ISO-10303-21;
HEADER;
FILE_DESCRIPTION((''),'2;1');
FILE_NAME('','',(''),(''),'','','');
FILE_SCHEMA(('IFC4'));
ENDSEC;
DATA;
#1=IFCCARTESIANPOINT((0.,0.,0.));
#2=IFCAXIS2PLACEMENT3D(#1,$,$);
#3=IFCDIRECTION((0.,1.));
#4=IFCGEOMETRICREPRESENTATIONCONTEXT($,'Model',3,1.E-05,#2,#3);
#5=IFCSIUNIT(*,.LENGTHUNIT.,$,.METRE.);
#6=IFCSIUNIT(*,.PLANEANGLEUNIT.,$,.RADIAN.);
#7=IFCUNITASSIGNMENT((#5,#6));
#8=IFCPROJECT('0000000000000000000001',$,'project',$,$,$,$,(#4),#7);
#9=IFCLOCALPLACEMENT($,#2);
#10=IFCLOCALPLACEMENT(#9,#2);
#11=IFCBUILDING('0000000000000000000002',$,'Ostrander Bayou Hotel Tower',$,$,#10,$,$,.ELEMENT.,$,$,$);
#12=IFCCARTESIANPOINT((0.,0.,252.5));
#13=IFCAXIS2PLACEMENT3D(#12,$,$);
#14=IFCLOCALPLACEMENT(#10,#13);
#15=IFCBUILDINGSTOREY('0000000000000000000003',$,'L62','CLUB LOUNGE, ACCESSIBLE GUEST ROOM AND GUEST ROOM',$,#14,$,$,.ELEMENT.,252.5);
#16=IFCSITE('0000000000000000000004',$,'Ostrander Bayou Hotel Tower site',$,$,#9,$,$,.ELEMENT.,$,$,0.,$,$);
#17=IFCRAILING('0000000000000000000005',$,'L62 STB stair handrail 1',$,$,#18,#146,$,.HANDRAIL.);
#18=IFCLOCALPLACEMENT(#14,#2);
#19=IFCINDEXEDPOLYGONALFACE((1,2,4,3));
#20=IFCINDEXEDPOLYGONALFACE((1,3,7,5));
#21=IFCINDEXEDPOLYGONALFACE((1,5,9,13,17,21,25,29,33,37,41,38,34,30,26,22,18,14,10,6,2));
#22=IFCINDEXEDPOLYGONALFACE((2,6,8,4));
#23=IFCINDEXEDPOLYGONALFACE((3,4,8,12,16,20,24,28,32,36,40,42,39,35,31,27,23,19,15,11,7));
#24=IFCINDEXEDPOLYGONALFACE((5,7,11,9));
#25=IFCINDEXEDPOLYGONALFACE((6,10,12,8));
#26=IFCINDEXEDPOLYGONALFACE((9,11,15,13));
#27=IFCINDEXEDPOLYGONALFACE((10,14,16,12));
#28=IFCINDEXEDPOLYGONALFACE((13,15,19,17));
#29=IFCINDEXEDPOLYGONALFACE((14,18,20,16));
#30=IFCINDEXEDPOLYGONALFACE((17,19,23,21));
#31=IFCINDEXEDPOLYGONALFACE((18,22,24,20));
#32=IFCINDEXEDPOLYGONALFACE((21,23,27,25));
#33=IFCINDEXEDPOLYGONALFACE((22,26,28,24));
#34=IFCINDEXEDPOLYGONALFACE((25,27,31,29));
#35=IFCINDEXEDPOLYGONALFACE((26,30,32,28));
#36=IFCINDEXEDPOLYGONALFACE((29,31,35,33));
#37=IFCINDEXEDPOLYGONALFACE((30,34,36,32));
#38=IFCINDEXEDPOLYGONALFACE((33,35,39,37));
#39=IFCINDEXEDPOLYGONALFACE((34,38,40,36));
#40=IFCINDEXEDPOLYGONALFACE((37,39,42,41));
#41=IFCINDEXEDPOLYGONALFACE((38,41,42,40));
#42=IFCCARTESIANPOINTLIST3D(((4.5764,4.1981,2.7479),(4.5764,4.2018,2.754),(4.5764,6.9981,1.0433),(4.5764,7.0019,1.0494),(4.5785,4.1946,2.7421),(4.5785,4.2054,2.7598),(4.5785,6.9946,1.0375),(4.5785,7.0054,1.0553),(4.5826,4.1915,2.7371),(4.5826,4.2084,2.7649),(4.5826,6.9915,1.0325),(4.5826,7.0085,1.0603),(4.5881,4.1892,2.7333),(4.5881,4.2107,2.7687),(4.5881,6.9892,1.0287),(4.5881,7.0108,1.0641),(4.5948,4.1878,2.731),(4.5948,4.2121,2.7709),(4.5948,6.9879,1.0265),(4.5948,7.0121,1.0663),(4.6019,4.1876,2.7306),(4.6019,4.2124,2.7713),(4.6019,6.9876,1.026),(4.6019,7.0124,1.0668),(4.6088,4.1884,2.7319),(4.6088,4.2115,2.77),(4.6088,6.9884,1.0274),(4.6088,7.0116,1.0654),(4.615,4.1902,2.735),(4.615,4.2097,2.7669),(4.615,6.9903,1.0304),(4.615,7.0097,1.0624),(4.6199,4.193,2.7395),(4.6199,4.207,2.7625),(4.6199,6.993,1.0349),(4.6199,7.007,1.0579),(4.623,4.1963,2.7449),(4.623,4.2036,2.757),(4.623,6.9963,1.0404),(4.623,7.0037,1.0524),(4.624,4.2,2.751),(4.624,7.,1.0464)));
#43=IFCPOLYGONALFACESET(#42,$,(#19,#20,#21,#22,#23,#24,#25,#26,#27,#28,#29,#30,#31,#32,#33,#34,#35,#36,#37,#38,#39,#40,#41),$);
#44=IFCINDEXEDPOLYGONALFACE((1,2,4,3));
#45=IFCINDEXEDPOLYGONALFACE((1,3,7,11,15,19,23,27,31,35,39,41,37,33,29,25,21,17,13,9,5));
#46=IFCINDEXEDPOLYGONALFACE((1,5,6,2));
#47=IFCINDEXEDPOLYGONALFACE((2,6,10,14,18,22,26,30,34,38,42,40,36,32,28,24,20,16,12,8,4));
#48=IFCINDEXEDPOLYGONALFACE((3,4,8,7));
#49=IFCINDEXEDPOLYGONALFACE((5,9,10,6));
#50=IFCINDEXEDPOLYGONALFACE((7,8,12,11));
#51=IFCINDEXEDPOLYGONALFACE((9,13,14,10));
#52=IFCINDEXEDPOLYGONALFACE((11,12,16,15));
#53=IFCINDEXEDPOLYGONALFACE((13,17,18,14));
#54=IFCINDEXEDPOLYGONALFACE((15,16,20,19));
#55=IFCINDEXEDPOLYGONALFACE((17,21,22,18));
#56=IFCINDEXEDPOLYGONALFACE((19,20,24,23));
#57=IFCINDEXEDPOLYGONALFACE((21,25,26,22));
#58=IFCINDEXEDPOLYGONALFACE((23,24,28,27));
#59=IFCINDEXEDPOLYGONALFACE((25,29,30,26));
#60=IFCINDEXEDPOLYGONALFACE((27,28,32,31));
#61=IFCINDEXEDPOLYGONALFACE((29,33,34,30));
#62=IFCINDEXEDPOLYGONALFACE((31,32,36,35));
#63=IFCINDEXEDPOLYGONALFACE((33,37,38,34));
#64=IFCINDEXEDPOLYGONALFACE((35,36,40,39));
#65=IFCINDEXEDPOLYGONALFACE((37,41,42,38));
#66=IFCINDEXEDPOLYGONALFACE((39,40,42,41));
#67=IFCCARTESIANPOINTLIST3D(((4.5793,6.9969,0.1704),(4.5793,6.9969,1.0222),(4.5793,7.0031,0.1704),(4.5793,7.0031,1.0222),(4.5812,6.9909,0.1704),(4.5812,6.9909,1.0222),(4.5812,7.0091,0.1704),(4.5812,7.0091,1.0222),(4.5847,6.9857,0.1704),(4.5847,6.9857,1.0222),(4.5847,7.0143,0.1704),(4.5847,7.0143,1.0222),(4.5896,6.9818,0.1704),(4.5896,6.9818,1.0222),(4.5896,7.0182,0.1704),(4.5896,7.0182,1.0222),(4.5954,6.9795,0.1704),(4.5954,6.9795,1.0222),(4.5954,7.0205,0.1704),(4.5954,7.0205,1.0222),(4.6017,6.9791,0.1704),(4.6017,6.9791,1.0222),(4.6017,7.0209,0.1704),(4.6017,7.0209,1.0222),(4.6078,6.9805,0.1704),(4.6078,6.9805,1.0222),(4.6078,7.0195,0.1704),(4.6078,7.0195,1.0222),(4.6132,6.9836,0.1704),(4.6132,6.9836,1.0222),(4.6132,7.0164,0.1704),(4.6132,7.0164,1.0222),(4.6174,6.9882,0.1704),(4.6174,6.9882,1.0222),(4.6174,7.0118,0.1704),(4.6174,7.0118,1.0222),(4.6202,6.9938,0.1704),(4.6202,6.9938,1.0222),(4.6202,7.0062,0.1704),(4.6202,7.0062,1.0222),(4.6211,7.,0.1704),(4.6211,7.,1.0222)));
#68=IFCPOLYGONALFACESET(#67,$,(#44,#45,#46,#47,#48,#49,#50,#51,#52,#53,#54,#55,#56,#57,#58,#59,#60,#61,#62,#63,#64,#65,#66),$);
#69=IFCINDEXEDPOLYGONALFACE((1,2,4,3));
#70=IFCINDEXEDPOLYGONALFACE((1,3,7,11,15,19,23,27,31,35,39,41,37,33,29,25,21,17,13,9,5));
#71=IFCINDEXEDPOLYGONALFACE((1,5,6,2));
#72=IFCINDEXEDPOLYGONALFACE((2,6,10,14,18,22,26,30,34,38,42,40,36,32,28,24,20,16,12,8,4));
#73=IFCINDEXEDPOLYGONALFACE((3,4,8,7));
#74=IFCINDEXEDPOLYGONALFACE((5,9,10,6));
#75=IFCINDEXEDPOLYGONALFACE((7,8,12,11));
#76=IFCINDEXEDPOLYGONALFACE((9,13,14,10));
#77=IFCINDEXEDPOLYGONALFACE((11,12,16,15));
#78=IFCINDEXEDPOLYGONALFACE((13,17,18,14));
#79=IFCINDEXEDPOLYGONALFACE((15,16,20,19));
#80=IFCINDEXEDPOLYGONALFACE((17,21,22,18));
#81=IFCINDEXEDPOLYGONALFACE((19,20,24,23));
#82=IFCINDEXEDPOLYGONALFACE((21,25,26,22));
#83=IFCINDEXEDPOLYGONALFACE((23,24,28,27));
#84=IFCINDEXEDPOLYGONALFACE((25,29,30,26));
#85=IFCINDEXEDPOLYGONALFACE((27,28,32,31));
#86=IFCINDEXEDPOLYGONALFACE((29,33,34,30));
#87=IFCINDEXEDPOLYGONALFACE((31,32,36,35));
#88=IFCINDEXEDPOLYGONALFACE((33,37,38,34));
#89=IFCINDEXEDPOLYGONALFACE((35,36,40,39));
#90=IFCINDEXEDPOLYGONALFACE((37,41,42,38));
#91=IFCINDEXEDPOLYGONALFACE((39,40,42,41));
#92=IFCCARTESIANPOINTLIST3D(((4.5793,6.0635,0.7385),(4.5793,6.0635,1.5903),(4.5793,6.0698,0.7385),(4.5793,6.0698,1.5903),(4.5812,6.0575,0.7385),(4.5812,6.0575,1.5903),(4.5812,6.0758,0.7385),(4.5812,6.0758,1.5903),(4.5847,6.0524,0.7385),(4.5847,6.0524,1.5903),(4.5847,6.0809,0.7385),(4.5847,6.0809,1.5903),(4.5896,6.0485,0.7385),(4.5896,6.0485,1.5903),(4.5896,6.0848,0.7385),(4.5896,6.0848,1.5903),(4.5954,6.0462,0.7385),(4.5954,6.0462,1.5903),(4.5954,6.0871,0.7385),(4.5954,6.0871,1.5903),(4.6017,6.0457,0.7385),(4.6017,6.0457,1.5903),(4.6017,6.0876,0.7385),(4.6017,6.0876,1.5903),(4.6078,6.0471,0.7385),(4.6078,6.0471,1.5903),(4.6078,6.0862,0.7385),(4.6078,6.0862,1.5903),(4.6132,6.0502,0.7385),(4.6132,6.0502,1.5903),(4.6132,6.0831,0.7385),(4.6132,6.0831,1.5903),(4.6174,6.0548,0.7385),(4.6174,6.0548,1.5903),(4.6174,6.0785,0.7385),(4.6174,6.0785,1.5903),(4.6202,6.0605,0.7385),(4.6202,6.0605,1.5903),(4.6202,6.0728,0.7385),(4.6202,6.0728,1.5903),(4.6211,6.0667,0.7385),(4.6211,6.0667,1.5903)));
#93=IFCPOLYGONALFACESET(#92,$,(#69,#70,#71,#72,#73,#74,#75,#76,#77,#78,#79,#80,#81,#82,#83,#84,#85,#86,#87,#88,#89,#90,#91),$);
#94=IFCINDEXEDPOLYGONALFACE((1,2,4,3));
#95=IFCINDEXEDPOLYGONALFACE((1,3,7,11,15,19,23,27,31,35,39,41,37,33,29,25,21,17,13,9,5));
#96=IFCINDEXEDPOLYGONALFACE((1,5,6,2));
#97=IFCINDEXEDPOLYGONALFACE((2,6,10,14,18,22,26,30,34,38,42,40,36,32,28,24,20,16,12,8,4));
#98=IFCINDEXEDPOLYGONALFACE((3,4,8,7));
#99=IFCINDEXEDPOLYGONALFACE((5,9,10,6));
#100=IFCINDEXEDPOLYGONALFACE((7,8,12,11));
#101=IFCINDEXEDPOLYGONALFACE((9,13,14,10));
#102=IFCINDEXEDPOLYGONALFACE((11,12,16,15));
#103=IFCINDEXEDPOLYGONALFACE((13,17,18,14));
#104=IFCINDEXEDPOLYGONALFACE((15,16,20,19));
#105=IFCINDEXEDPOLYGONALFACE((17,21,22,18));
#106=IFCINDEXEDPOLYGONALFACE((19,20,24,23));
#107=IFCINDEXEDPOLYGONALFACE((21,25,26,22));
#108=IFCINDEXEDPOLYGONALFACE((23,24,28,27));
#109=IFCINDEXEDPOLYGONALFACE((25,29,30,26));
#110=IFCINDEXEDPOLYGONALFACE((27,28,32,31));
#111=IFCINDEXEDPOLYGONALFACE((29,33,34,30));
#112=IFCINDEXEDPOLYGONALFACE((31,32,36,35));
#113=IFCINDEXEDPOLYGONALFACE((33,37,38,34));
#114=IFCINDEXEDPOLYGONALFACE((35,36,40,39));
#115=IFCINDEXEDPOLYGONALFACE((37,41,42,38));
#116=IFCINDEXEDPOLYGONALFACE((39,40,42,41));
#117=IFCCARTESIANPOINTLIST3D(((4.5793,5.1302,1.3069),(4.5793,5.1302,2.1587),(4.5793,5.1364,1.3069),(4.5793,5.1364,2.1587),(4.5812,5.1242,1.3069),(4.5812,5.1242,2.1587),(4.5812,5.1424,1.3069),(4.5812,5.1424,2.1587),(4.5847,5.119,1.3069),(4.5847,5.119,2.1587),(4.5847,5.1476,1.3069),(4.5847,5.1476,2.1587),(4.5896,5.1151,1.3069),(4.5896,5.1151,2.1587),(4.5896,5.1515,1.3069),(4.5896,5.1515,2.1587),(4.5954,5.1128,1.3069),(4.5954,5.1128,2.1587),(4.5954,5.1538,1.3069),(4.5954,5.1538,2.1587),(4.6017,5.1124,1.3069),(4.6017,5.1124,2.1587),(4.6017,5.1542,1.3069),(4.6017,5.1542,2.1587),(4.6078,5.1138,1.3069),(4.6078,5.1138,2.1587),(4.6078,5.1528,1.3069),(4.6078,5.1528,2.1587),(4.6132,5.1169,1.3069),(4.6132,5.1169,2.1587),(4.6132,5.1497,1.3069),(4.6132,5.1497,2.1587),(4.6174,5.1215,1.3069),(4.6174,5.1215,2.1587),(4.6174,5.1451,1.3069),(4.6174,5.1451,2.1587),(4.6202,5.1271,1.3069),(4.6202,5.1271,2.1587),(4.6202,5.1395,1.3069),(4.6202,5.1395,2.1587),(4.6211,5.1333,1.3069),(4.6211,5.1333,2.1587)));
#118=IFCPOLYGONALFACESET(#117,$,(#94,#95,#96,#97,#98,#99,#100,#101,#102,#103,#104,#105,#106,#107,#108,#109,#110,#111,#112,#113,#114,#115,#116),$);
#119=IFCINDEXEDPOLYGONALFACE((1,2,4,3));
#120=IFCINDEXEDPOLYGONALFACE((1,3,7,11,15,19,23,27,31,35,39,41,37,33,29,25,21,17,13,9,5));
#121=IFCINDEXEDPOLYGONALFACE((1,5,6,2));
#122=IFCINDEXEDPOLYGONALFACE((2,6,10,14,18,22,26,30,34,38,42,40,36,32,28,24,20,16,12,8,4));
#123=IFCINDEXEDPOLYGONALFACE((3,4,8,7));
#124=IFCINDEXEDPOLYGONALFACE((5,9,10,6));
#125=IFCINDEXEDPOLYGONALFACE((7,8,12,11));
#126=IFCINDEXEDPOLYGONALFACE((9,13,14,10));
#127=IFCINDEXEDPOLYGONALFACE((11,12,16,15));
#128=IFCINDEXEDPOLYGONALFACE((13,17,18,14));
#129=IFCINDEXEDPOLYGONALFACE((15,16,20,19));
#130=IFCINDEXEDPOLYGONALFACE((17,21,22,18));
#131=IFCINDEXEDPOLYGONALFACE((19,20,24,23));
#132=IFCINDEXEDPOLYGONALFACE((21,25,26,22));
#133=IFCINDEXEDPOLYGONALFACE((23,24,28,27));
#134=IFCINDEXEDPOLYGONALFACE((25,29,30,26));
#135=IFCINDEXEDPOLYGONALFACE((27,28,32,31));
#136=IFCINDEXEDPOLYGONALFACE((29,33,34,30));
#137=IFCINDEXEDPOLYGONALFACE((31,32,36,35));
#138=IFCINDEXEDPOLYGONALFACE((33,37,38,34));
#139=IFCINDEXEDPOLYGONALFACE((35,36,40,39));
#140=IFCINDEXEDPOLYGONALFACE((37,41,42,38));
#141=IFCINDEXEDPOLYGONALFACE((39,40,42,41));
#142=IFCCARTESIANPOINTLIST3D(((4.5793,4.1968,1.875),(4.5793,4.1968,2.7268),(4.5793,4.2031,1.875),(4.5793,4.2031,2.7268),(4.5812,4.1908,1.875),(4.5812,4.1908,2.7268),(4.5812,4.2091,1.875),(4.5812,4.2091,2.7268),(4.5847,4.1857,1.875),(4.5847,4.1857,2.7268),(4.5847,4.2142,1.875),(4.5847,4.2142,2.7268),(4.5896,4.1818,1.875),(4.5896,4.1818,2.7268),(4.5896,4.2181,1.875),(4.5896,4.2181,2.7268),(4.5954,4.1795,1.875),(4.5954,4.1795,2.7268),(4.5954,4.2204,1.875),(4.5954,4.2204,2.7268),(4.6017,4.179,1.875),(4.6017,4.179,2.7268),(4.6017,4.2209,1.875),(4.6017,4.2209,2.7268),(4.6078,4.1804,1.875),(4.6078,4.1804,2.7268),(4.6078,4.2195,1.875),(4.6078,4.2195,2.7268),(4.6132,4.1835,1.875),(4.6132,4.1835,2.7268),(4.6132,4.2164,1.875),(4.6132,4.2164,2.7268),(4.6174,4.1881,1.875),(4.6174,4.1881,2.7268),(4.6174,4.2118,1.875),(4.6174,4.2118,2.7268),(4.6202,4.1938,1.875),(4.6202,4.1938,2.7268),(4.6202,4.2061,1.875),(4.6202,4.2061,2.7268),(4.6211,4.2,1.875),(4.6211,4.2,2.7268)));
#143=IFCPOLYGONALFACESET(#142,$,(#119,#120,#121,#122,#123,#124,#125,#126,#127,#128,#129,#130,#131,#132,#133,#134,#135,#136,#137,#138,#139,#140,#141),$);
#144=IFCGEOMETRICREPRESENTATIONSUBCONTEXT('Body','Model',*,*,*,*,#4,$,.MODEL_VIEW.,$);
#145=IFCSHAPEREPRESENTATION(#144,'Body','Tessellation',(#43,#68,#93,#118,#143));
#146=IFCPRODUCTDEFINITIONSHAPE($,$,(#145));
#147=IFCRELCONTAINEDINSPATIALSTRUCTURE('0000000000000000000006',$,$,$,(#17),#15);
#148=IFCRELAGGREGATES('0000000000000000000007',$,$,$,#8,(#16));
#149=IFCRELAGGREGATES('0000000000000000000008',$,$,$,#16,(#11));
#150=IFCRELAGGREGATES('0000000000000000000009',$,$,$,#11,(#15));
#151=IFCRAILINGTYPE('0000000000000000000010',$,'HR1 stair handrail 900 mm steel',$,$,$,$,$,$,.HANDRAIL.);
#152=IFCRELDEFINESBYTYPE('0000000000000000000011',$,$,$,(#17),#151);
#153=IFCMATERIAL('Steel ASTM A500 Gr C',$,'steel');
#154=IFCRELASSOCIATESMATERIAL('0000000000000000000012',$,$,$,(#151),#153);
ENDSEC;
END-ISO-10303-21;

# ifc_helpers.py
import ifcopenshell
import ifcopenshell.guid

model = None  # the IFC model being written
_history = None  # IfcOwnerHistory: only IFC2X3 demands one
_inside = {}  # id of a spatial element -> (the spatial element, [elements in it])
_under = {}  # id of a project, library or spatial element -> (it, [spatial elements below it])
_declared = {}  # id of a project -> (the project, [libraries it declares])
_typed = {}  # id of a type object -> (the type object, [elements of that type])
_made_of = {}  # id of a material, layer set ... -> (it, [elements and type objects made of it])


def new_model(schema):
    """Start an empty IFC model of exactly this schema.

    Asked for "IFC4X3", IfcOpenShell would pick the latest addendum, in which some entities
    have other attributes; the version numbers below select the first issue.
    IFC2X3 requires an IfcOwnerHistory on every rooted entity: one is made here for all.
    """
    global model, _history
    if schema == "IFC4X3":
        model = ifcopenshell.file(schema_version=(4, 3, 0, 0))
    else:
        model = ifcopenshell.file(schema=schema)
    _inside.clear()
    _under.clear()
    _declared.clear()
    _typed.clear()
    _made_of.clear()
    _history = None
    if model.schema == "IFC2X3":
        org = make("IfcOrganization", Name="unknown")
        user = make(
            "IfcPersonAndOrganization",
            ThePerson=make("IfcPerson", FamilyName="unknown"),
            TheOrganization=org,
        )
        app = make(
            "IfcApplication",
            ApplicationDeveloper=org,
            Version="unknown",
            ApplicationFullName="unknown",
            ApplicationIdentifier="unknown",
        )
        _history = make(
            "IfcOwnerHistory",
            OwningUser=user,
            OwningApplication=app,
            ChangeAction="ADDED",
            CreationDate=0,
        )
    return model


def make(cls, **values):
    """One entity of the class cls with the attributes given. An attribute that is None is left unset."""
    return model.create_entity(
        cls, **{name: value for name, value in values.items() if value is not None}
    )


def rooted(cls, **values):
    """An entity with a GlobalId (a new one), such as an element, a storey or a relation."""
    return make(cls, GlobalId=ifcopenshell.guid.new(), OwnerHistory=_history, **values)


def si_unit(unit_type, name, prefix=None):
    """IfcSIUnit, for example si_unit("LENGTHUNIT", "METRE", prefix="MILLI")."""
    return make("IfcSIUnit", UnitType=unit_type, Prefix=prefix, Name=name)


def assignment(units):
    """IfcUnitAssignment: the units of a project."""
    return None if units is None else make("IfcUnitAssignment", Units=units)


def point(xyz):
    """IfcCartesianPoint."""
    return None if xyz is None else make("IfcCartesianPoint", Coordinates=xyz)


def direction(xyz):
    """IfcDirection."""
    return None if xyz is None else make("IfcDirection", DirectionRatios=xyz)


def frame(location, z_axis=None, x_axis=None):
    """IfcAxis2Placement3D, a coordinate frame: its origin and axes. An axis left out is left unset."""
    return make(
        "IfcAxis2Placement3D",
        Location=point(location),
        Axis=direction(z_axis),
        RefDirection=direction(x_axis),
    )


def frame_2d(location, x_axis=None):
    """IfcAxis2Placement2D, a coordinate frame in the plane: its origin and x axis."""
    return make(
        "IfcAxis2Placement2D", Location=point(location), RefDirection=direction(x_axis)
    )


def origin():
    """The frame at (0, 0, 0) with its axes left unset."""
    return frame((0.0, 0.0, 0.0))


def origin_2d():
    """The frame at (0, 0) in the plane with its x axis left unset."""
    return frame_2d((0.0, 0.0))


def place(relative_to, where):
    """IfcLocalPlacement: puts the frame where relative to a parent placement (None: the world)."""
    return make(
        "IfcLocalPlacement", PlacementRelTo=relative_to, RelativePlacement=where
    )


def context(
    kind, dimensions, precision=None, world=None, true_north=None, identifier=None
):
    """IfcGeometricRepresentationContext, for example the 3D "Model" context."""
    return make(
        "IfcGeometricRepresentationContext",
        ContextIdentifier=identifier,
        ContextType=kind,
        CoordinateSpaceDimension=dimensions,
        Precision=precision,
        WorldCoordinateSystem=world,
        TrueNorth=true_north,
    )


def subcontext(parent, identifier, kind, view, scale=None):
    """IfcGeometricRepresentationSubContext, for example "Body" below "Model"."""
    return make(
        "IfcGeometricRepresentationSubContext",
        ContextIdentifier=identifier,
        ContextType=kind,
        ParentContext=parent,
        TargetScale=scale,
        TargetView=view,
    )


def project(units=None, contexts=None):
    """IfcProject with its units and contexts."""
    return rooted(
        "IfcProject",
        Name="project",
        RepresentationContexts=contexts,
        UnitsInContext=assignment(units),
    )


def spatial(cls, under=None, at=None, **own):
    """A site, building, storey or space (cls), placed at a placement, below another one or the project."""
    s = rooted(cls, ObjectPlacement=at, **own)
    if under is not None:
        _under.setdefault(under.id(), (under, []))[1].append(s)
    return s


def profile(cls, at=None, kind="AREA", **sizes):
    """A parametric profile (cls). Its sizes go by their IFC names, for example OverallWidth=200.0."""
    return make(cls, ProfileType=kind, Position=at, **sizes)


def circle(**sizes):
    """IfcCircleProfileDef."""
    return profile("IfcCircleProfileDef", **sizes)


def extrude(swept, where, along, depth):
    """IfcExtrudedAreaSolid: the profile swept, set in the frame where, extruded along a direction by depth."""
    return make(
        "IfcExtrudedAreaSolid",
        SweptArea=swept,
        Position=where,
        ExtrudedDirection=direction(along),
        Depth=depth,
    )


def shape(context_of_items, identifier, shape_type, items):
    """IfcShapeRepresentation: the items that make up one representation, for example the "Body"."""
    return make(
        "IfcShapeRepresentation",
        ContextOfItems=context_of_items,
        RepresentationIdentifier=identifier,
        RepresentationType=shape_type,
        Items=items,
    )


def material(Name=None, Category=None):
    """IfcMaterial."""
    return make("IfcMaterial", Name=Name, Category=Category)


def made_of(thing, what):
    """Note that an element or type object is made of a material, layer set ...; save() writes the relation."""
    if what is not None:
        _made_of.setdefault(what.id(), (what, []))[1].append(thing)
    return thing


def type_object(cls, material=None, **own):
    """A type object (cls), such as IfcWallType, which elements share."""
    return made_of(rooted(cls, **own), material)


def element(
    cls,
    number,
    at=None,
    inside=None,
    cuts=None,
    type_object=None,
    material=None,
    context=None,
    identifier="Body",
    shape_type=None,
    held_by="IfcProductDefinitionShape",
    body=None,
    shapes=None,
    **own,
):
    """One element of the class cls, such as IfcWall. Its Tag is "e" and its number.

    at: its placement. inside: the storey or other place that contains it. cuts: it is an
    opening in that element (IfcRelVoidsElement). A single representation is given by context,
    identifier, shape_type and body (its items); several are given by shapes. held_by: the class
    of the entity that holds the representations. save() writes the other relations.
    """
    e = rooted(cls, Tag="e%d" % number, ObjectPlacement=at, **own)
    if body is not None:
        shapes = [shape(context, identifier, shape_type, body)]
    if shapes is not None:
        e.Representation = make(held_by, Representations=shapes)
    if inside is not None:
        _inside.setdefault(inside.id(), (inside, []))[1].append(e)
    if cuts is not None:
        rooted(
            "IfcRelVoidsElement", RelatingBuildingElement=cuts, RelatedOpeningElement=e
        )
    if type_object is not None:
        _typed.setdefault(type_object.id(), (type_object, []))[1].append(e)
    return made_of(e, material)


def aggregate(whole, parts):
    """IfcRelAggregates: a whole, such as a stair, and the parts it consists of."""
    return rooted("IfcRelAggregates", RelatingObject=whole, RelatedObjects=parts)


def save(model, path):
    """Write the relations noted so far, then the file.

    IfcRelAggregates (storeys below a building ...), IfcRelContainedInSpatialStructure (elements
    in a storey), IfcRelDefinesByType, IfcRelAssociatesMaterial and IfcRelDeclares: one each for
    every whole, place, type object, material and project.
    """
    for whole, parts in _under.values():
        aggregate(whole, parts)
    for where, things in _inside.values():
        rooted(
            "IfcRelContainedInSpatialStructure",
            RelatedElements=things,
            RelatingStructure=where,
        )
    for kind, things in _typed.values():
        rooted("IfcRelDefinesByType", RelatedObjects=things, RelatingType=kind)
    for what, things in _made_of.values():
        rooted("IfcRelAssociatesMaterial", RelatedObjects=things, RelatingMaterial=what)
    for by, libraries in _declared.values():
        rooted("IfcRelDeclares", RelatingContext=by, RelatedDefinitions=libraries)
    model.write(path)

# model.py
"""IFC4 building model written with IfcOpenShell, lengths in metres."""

from ifc_helpers import new_model, si_unit, direction, frame, origin, origin_2d, place, context, subcontext, project, spatial, circle, extrude, material, type_object, element, save


model = new_model("IFC4")

# Units and contexts
model_context = context("Model", 3, precision=1e-05, world=origin(), true_north=direction((0.0, 1.0)))
body_context = subcontext(model_context, "Body", "Model", "MODEL_VIEW")
ifc_project = project(units=[si_unit("LENGTHUNIT", "METRE"), si_unit("PLANEANGLEUNIT", "RADIAN")], contexts=[model_context])

# Site, building, storey
site_placement = place(None, origin())
site = spatial("IfcSite", under=ifc_project, at=site_placement, Name="Ostrander Bayou Hotel Tower site", CompositionType="ELEMENT", RefElevation=0.0)
building_placement = place(site_placement, origin())
building = spatial("IfcBuilding", under=site, at=building_placement, Name="Ostrander Bayou Hotel Tower", CompositionType="ELEMENT")
storey_placement = place(building_placement, frame((0.0, 0.0, 252.5)))
storey = spatial("IfcBuildingStorey", under=building, at=storey_placement, Name="L62", Description="CLUB LOUNGE, ACCESSIBLE GUEST ROOM AND GUEST ROOM", CompositionType="ELEMENT", Elevation=252.5)

# Railing
ifc_material_1 = material(Name="Steel ASTM A500 Gr C", Category="steel")
railing_type_1 = type_object("IfcRailingType", Name="HR1 stair handrail 900 mm steel", PredefinedType="HANDRAIL", material=ifc_material_1)
railing_1_placement = place(storey_placement, frame((4.6001, 7.0, 0.1704)))
element("IfcRailing", 1, at=railing_1_placement, inside=storey, type_object=railing_type_1, Name="L62 STB stair handrail 1", PredefinedType="HANDRAIL", context=body_context, shape_type="SweptSolid", body=[
    extrude(circle(Radius=0.0239, at=origin_2d()), frame((0.0, 0.0, 0.876), z_axis=(0.0, -0.85417, 0.519994), x_axis=(1.0, 0.0, 0.0)), (0.0, 0.0, 1.0), 3.2781),
    extrude(circle(Radius=0.021, at=origin_2d()), origin(), (0.0, 0.0, 1.0), 0.8518),
    extrude(circle(Radius=0.021, at=origin_2d()), frame((0.0, -0.9333, 0.5681)), (0.0, 0.0, 1.0), 0.8518),
    extrude(circle(Radius=0.021, at=origin_2d()), frame((0.0, -1.8667, 1.1365)), (0.0, 0.0, 1.0), 0.8518),
    extrude(circle(Radius=0.021, at=origin_2d()), frame((0.0, -2.8, 1.7046)), (0.0, 0.0, 1.0), 0.8518),
])

save(model, "model.ifc")
